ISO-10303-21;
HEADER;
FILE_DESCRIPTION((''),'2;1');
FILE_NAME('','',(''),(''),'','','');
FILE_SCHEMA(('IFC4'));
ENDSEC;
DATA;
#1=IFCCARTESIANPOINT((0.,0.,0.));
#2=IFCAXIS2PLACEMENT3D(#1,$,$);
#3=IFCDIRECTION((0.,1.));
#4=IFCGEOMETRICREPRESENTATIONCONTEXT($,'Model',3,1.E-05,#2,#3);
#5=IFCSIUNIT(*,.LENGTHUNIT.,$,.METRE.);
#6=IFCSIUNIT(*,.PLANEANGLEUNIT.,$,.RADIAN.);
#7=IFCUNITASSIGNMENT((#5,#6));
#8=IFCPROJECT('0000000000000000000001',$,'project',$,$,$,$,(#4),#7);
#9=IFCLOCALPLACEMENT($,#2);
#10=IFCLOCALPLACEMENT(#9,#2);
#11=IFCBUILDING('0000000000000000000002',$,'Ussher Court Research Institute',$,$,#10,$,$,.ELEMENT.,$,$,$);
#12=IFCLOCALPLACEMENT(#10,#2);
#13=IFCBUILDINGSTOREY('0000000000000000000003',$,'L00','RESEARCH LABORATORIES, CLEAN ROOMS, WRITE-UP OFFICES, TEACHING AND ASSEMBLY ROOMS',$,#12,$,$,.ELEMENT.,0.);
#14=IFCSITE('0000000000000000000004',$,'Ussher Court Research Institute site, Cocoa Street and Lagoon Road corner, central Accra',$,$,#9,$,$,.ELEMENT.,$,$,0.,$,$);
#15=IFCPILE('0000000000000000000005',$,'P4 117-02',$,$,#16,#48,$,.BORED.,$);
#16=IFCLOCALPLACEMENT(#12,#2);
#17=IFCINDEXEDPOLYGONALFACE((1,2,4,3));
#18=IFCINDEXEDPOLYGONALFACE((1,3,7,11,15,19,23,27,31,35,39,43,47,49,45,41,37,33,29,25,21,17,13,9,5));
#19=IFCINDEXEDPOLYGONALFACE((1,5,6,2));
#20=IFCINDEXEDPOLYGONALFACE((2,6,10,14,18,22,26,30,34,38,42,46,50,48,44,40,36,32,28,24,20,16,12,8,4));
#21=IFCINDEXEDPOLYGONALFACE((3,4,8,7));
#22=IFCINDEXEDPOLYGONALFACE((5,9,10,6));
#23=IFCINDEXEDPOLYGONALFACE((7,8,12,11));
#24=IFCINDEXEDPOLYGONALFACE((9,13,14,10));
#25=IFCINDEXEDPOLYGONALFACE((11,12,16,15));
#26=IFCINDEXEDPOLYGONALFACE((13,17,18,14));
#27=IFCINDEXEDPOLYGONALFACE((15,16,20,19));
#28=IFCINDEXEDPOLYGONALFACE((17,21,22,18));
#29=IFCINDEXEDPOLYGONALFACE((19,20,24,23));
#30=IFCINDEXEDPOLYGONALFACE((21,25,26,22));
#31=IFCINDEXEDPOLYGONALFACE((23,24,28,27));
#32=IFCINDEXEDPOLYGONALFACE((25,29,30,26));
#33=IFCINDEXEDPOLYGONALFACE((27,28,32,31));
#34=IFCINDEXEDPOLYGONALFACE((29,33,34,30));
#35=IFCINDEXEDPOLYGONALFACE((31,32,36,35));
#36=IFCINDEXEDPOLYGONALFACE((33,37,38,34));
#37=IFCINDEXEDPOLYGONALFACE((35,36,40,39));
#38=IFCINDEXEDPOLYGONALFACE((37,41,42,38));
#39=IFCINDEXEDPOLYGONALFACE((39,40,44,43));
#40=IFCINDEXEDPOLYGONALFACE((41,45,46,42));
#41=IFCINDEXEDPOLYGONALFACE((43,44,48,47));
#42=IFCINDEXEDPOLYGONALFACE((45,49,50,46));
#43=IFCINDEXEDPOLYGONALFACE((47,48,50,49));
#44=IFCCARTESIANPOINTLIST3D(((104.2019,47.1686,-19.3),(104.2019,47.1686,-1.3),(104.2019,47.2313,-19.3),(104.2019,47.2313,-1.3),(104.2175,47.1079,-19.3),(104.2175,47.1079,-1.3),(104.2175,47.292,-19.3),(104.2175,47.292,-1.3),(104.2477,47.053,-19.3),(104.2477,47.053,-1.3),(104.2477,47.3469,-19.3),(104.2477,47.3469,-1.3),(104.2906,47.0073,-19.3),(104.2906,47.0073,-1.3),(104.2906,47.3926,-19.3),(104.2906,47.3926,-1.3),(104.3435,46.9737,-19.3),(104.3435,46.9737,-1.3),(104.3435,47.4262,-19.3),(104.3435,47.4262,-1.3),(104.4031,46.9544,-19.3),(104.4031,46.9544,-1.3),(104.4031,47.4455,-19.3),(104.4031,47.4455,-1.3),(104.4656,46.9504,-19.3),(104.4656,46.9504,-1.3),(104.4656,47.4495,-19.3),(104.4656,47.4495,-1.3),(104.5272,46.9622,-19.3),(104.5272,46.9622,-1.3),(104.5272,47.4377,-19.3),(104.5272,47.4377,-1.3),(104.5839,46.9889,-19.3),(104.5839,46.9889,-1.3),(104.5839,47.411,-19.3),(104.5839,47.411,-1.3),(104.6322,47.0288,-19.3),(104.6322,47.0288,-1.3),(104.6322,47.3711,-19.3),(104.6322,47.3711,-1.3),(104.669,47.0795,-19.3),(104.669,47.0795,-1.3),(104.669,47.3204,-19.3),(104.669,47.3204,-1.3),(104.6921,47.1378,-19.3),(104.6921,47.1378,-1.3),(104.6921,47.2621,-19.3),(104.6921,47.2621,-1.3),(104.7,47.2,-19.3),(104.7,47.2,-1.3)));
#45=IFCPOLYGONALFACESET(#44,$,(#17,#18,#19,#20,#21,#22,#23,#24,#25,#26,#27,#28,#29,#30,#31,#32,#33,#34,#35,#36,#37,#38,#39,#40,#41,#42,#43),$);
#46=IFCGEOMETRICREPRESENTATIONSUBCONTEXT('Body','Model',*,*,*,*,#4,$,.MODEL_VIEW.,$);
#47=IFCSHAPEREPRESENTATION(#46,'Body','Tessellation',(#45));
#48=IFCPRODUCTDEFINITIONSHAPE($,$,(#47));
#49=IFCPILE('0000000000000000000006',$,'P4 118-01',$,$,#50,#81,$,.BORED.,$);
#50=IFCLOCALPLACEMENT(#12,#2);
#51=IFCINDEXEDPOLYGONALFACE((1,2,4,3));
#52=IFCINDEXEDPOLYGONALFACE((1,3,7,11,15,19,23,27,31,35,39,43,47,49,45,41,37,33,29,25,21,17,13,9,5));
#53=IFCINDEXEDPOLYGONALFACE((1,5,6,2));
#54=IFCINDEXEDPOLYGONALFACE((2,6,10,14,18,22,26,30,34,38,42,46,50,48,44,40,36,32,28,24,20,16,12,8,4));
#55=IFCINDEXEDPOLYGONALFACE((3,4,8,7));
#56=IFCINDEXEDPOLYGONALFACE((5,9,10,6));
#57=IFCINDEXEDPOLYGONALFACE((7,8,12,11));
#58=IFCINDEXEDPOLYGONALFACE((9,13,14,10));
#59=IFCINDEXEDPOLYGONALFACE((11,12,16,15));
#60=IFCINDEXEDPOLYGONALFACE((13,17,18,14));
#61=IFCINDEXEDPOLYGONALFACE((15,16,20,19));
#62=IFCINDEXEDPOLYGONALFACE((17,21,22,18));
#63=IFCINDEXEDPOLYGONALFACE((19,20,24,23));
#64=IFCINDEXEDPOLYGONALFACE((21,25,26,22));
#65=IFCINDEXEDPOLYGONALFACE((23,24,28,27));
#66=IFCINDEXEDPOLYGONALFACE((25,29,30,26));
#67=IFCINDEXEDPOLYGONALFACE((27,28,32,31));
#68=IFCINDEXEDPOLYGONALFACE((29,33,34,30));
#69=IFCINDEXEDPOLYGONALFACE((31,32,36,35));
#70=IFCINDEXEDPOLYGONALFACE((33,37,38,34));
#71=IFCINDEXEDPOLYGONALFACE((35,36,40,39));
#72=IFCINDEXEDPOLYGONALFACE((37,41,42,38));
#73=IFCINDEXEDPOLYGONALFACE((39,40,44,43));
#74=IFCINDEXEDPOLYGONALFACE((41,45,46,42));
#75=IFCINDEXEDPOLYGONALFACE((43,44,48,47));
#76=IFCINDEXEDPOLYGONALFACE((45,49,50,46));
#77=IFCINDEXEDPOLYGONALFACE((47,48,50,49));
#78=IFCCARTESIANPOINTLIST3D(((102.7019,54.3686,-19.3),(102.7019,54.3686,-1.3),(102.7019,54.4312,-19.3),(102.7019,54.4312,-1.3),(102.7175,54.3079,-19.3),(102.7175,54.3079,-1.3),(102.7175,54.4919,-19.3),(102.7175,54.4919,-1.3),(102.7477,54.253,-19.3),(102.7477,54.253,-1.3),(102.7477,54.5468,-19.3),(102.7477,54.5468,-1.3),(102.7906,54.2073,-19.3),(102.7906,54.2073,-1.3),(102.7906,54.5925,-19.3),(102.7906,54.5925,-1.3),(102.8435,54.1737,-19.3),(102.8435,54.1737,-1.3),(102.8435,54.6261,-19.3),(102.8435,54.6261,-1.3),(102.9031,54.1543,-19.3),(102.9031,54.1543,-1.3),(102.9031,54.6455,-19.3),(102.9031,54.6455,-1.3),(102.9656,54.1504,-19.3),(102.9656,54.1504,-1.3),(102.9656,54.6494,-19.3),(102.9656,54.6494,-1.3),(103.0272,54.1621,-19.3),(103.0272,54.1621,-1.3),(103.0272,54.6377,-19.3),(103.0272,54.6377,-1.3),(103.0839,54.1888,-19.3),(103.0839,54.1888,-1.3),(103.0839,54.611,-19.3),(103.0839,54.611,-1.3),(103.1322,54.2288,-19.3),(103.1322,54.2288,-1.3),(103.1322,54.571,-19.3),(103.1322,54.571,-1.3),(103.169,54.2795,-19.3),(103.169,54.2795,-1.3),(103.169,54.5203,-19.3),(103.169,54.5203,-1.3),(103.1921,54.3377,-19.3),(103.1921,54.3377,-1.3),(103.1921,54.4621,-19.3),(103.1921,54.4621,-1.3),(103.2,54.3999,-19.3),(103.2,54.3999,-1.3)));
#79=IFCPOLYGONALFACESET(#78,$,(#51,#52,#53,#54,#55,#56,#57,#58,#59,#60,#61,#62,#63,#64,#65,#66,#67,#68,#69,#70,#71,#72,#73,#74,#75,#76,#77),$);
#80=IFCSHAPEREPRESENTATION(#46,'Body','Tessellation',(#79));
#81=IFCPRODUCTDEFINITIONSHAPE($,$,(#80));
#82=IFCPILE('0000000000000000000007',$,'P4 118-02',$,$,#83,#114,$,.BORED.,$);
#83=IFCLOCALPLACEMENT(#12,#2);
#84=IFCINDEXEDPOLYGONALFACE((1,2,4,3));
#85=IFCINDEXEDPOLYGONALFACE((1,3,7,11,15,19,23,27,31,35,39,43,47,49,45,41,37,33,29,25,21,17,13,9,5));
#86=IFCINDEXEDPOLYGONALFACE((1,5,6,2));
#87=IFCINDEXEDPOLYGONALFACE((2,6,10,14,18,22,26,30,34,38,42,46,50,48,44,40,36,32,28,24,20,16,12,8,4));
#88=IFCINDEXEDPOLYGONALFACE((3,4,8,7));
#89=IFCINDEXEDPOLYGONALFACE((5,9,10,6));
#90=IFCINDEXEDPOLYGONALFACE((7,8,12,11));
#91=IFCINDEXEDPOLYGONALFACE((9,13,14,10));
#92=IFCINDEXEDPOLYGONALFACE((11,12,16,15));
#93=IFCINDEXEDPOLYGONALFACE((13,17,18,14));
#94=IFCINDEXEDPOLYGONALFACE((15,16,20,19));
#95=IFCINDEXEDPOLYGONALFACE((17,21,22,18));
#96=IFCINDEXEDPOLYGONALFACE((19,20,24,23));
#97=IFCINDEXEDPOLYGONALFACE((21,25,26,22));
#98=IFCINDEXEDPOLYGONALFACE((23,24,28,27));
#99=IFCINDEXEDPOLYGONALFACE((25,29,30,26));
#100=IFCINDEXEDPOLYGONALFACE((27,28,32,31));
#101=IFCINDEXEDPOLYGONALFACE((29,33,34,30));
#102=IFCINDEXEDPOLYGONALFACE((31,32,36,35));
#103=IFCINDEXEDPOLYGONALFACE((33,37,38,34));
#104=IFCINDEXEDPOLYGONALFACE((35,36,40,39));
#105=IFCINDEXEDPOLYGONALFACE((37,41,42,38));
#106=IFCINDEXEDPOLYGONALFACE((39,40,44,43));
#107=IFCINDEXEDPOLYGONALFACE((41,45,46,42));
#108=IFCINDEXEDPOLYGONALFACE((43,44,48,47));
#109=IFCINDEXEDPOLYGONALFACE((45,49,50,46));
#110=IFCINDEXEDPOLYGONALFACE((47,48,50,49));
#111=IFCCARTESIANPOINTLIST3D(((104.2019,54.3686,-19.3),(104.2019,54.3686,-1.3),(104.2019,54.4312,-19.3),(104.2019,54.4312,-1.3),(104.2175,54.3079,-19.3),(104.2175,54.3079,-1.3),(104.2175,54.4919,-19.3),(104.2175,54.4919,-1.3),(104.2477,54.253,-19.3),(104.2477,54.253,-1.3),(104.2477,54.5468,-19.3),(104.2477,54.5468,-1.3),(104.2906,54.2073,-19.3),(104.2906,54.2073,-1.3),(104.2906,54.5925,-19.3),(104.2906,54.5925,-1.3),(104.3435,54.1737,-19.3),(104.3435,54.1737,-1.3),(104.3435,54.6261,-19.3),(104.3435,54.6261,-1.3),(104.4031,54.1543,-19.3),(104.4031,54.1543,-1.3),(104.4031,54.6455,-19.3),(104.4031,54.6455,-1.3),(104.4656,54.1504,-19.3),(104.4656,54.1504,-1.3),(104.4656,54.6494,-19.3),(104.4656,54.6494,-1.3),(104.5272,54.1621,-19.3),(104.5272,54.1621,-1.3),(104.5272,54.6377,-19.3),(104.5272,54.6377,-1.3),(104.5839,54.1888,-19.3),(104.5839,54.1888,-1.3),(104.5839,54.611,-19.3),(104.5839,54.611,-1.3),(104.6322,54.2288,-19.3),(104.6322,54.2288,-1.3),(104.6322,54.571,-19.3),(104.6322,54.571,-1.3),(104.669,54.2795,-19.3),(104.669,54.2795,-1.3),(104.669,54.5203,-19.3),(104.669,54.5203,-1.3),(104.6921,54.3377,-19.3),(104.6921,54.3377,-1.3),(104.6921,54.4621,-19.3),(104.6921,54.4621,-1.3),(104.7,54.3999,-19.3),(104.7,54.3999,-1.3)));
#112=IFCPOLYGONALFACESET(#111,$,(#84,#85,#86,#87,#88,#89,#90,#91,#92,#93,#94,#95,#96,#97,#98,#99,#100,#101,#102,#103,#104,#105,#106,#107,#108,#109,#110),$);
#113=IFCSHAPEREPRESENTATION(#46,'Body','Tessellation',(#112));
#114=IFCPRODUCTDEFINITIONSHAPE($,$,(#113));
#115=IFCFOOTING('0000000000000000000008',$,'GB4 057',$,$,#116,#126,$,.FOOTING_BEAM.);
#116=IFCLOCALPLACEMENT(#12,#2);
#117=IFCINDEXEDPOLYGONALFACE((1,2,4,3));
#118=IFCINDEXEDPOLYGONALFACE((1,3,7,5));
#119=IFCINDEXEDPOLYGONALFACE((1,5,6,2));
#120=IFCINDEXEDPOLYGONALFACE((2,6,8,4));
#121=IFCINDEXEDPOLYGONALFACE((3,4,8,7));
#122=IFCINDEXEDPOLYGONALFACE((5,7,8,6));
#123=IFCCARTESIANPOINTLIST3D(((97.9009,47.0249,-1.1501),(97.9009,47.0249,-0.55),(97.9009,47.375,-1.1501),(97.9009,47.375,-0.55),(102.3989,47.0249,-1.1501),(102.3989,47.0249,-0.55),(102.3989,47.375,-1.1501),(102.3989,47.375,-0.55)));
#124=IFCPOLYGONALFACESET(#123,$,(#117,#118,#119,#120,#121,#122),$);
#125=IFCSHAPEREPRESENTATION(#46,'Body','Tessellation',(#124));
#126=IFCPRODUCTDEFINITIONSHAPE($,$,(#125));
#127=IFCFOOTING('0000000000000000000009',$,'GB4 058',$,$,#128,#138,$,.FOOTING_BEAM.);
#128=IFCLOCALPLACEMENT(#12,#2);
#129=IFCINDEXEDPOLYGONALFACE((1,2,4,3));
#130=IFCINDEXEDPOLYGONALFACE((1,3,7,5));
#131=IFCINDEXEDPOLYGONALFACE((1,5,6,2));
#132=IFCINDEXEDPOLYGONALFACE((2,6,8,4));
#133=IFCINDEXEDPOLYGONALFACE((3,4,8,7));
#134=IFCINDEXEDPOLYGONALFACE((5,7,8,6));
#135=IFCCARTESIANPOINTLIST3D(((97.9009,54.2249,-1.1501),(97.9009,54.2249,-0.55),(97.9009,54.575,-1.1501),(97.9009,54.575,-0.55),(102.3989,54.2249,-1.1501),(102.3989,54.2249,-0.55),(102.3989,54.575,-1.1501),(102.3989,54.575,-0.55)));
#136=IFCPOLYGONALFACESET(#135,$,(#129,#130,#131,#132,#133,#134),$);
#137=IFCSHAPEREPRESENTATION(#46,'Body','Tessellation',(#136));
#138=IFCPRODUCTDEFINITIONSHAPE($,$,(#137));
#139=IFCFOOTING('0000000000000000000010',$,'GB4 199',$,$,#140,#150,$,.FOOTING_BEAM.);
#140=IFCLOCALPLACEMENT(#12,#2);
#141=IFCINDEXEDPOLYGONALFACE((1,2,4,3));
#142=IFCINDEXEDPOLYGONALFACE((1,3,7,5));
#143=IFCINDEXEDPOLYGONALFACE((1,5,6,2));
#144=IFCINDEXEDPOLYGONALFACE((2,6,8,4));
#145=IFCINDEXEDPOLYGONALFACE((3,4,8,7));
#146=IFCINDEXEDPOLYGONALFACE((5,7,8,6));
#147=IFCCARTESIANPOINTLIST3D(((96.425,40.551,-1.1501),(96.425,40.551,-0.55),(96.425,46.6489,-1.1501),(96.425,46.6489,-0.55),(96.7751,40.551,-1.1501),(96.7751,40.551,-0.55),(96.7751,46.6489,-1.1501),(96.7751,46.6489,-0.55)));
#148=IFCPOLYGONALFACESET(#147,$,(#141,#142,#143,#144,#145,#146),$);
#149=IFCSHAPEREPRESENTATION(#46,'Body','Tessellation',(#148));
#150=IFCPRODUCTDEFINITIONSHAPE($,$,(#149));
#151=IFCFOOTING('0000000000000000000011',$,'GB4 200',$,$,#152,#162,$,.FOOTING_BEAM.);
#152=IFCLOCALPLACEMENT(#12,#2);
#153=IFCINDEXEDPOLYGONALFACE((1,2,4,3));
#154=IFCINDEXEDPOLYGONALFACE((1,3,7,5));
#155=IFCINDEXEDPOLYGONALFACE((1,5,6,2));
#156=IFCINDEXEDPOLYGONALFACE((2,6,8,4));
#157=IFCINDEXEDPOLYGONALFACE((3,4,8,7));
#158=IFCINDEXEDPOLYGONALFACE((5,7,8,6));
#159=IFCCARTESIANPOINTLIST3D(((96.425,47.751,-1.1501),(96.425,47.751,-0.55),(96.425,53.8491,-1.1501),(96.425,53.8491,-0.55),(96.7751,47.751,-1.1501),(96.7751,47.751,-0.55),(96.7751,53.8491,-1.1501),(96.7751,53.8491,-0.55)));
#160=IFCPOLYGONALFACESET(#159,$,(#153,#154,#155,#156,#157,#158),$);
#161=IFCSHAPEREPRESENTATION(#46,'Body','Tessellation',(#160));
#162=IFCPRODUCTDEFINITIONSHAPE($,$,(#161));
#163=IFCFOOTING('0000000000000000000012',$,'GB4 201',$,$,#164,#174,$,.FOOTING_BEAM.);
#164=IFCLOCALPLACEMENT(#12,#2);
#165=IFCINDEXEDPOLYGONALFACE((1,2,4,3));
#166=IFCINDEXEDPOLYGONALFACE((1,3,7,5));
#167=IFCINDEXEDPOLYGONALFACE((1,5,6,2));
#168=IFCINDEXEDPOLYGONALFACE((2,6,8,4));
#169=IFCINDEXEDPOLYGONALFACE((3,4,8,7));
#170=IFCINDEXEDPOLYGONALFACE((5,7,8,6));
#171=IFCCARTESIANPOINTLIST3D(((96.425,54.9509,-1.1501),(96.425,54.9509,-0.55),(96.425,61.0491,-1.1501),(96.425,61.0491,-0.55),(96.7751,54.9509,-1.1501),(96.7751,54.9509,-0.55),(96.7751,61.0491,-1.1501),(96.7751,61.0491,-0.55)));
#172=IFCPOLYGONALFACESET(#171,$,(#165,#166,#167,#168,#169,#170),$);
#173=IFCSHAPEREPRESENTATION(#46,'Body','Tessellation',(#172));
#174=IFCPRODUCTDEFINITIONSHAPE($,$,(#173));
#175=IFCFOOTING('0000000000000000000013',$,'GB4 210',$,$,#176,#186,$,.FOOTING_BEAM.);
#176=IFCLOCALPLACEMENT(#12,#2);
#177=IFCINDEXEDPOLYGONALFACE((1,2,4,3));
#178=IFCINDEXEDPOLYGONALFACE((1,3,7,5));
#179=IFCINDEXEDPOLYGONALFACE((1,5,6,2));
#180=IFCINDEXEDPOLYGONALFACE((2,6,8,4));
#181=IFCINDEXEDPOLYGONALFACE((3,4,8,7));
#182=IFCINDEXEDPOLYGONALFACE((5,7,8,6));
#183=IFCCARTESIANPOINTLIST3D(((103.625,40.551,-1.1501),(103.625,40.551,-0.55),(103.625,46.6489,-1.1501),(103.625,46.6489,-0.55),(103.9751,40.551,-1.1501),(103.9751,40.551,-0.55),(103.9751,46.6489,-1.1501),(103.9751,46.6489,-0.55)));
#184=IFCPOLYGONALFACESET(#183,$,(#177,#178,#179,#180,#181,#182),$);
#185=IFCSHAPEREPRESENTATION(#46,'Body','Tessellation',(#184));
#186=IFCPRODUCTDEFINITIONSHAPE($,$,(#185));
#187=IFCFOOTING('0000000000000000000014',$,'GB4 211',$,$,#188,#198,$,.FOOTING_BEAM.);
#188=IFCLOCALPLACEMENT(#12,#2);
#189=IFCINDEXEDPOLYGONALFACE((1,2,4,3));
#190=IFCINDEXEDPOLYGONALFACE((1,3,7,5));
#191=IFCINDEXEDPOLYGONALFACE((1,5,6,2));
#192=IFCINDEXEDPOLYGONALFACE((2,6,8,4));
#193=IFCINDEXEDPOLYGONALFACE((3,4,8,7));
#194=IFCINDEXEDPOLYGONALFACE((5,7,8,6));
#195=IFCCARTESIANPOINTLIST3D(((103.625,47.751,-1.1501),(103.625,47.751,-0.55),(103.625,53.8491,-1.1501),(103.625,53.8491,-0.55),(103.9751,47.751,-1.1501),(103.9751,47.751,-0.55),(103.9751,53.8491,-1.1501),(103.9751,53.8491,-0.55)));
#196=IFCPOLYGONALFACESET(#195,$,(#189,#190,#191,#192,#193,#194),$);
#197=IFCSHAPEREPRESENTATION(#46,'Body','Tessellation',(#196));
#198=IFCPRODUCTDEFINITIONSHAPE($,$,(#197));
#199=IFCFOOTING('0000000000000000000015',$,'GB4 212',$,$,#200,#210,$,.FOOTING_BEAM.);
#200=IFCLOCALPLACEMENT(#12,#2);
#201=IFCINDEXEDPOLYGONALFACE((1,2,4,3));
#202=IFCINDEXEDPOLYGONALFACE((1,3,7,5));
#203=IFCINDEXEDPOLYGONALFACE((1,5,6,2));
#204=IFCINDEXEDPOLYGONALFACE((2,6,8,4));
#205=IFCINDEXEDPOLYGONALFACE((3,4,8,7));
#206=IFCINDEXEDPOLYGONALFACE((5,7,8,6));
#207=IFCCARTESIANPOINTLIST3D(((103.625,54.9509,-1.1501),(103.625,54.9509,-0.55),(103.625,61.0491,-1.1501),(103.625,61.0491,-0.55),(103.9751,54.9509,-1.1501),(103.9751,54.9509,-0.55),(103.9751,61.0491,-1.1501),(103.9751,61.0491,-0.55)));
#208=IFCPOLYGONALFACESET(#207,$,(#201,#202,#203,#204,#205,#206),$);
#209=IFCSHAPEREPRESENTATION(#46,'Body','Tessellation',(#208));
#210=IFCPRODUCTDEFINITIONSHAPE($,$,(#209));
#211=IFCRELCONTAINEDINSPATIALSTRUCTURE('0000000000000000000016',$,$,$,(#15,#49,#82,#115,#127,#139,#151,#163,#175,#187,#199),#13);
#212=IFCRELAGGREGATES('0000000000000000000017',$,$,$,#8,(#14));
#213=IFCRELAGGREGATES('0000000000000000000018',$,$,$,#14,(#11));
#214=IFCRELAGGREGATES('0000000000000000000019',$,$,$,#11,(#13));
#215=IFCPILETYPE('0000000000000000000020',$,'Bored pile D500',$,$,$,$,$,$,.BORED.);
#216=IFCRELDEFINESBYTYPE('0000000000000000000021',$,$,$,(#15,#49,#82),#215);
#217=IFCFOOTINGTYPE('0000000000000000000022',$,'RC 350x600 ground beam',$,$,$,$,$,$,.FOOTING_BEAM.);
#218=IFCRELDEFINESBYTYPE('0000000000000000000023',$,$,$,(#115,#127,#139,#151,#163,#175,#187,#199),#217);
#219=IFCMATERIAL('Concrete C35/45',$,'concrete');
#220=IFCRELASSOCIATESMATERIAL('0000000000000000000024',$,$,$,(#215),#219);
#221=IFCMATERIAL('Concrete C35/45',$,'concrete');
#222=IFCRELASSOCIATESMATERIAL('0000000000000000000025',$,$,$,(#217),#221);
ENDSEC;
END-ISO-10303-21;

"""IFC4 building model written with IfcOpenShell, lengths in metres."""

from ifc_helpers import new_model, si_unit, direction, frame, origin, origin_2d, place, context, subcontext, project, spatial, rectangle, circle, extrude, material, material_profile, profile_set, type_object, element, save


model = new_model("IFC4")

# Units and contexts
model_context = context("Model", 3, precision=1e-05, world=origin(), true_north=direction((0.0, 1.0)))
body_context = subcontext(model_context, "Body", "Model", "MODEL_VIEW")
ifc_project = project(units=[si_unit("LENGTHUNIT", "METRE"), si_unit("PLANEANGLEUNIT", "RADIAN")], contexts=[model_context])

# Site, building, storey
site_placement = place(None, origin())
site = spatial("IfcSite", under=ifc_project, at=site_placement, Name="Ussher Court Research Institute site, Cocoa Street and Lagoon Road corner, central Accra", CompositionType="ELEMENT", RefElevation=0.0)
building_placement = place(site_placement, origin())
building = spatial("IfcBuilding", under=site, at=building_placement, Name="Ussher Court Research Institute", CompositionType="ELEMENT")
storey_placement = place(building_placement, origin())
storey = spatial("IfcBuildingStorey", under=building, at=storey_placement, Name="L00", Description="RESEARCH LABORATORIES, CLEAN ROOMS, WRITE-UP OFFICES, TEACHING AND ASSEMBLY ROOMS", CompositionType="ELEMENT", Elevation=0.0)

# Piles
ifc_material_1 = material(Name="Concrete C35/45", Category="concrete")
ifc_material_profile_1 = material_profile(ifc_material_1, circle(Radius=0.25, at=origin_2d()), Name="RC D500")
ifc_profile_set_1 = profile_set([ifc_material_profile_1], Name="Concrete C35/45")
pile_type = type_object("IfcPileType", Name="Bored pile D500", PredefinedType="BORED", material=ifc_profile_set_1)
for number, where, z_axis, x_axis, name in (
    (1, (104.45, 47.2, -1.3), (0.0, 0.0, -1.0), (1.0, 0.0, 0.0), "P4 117-02"),
    (2, (102.95, 54.3999, -1.3), (0.0, 0.0, -1.0), (1.0, 0.0, 0.0), "P4 118-01"),
    (3, (104.45, 54.3999, -1.3), (0.0, 0.0, -1.0), (1.0, 0.0, 0.0), "P4 118-02"),
):
    element("IfcPile", number, at=place(storey_placement, frame(where, z_axis=z_axis, x_axis=x_axis)), inside=storey, type_object=pile_type, Name=name, PredefinedType="BORED", context=body_context, shape_type="SweptSolid", body=[
        extrude(circle(Radius=0.25, at=origin_2d()), origin(), (0.0, 0.0, 1.0), 18.0),
    ])

# Footings
ifc_material_2 = material(Name="Concrete C35/45", Category="concrete")
ifc_material_profile_2 = material_profile(ifc_material_2, rectangle(XDim=0.3501, YDim=0.6001, at=origin_2d()), Name="RC 350x600")
ifc_profile_set_2 = profile_set([ifc_material_profile_2], Name="Concrete C35/45")
footing_type = type_object("IfcFootingType", Name="RC 350x600 ground beam", PredefinedType="FOOTING_BEAM", material=ifc_profile_set_2)
for number, where, z_axis, x_axis, name in (
    (4, (97.9009, 47.2, -0.8501), (1.0, 0.0, 0.0), (0.0, 1.0, 0.0), "GB4 057"),
    (5, (97.9009, 54.3999, -0.8501), (1.0, 0.0, 0.0), (0.0, 1.0, 0.0), "GB4 058"),
):
    element("IfcFooting", number, at=place(storey_placement, frame(where, z_axis=z_axis, x_axis=x_axis)), inside=storey, type_object=footing_type, Name=name, PredefinedType="FOOTING_BEAM", context=body_context, shape_type="SweptSolid", body=[
        extrude(rectangle(XDim=0.3501, YDim=0.6001, at=origin_2d()), origin(), (0.0, 0.0, 1.0), 4.498),
    ])
footing_1_placement = place(storey_placement, frame((96.6001, 40.551, -0.8501), z_axis=(0.0, 1.0, 0.0), x_axis=(-1.0, 0.0, 0.0)))
element("IfcFooting", 6, at=footing_1_placement, inside=storey, type_object=footing_type, Name="GB4 199", PredefinedType="FOOTING_BEAM", context=body_context, shape_type="SweptSolid", body=[
    extrude(rectangle(XDim=0.3501, YDim=0.6001, at=origin_2d()), origin(), (0.0, 0.0, 1.0), 6.0979),
])
for number, where, z_axis, x_axis, name in (
    (7, (96.6001, 47.751, -0.8501), (0.0, 1.0, 0.0), (-1.0, 0.0, 0.0), "GB4 200"),
    (8, (96.6001, 54.9509, -0.8501), (0.0, 1.0, 0.0), (-1.0, 0.0, 0.0), "GB4 201"),
):
    element("IfcFooting", number, at=place(storey_placement, frame(where, z_axis=z_axis, x_axis=x_axis)), inside=storey, type_object=footing_type, Name=name, PredefinedType="FOOTING_BEAM", context=body_context, shape_type="SweptSolid", body=[
        extrude(rectangle(XDim=0.3501, YDim=0.6001, at=origin_2d()), origin(), (0.0, 0.0, 1.0), 6.0981),
    ])
footing_2_placement = place(storey_placement, frame((103.8, 40.551, -0.8501), z_axis=(0.0, 1.0, 0.0), x_axis=(-1.0, 0.0, 0.0)))
element("IfcFooting", 9, at=footing_2_placement, inside=storey, type_object=footing_type, Name="GB4 210", PredefinedType="FOOTING_BEAM", context=body_context, shape_type="SweptSolid", body=[
    extrude(rectangle(XDim=0.3501, YDim=0.6001, at=origin_2d()), origin(), (0.0, 0.0, 1.0), 6.0979),
])
for number, where, z_axis, x_axis, name in (
    (10, (103.8, 47.751, -0.8501), (0.0, 1.0, 0.0), (-1.0, 0.0, 0.0), "GB4 211"),
    (11, (103.8, 54.9509, -0.8501), (0.0, 1.0, 0.0), (-1.0, 0.0, 0.0), "GB4 212"),
):
    element("IfcFooting", number, at=place(storey_placement, frame(where, z_axis=z_axis, x_axis=x_axis)), inside=storey, type_object=footing_type, Name=name, PredefinedType="FOOTING_BEAM", context=body_context, shape_type="SweptSolid", body=[
        extrude(rectangle(XDim=0.3501, YDim=0.6001, at=origin_2d()), origin(), (0.0, 0.0, 1.0), 6.0981),
    ])

save(model, "model.ifc")
